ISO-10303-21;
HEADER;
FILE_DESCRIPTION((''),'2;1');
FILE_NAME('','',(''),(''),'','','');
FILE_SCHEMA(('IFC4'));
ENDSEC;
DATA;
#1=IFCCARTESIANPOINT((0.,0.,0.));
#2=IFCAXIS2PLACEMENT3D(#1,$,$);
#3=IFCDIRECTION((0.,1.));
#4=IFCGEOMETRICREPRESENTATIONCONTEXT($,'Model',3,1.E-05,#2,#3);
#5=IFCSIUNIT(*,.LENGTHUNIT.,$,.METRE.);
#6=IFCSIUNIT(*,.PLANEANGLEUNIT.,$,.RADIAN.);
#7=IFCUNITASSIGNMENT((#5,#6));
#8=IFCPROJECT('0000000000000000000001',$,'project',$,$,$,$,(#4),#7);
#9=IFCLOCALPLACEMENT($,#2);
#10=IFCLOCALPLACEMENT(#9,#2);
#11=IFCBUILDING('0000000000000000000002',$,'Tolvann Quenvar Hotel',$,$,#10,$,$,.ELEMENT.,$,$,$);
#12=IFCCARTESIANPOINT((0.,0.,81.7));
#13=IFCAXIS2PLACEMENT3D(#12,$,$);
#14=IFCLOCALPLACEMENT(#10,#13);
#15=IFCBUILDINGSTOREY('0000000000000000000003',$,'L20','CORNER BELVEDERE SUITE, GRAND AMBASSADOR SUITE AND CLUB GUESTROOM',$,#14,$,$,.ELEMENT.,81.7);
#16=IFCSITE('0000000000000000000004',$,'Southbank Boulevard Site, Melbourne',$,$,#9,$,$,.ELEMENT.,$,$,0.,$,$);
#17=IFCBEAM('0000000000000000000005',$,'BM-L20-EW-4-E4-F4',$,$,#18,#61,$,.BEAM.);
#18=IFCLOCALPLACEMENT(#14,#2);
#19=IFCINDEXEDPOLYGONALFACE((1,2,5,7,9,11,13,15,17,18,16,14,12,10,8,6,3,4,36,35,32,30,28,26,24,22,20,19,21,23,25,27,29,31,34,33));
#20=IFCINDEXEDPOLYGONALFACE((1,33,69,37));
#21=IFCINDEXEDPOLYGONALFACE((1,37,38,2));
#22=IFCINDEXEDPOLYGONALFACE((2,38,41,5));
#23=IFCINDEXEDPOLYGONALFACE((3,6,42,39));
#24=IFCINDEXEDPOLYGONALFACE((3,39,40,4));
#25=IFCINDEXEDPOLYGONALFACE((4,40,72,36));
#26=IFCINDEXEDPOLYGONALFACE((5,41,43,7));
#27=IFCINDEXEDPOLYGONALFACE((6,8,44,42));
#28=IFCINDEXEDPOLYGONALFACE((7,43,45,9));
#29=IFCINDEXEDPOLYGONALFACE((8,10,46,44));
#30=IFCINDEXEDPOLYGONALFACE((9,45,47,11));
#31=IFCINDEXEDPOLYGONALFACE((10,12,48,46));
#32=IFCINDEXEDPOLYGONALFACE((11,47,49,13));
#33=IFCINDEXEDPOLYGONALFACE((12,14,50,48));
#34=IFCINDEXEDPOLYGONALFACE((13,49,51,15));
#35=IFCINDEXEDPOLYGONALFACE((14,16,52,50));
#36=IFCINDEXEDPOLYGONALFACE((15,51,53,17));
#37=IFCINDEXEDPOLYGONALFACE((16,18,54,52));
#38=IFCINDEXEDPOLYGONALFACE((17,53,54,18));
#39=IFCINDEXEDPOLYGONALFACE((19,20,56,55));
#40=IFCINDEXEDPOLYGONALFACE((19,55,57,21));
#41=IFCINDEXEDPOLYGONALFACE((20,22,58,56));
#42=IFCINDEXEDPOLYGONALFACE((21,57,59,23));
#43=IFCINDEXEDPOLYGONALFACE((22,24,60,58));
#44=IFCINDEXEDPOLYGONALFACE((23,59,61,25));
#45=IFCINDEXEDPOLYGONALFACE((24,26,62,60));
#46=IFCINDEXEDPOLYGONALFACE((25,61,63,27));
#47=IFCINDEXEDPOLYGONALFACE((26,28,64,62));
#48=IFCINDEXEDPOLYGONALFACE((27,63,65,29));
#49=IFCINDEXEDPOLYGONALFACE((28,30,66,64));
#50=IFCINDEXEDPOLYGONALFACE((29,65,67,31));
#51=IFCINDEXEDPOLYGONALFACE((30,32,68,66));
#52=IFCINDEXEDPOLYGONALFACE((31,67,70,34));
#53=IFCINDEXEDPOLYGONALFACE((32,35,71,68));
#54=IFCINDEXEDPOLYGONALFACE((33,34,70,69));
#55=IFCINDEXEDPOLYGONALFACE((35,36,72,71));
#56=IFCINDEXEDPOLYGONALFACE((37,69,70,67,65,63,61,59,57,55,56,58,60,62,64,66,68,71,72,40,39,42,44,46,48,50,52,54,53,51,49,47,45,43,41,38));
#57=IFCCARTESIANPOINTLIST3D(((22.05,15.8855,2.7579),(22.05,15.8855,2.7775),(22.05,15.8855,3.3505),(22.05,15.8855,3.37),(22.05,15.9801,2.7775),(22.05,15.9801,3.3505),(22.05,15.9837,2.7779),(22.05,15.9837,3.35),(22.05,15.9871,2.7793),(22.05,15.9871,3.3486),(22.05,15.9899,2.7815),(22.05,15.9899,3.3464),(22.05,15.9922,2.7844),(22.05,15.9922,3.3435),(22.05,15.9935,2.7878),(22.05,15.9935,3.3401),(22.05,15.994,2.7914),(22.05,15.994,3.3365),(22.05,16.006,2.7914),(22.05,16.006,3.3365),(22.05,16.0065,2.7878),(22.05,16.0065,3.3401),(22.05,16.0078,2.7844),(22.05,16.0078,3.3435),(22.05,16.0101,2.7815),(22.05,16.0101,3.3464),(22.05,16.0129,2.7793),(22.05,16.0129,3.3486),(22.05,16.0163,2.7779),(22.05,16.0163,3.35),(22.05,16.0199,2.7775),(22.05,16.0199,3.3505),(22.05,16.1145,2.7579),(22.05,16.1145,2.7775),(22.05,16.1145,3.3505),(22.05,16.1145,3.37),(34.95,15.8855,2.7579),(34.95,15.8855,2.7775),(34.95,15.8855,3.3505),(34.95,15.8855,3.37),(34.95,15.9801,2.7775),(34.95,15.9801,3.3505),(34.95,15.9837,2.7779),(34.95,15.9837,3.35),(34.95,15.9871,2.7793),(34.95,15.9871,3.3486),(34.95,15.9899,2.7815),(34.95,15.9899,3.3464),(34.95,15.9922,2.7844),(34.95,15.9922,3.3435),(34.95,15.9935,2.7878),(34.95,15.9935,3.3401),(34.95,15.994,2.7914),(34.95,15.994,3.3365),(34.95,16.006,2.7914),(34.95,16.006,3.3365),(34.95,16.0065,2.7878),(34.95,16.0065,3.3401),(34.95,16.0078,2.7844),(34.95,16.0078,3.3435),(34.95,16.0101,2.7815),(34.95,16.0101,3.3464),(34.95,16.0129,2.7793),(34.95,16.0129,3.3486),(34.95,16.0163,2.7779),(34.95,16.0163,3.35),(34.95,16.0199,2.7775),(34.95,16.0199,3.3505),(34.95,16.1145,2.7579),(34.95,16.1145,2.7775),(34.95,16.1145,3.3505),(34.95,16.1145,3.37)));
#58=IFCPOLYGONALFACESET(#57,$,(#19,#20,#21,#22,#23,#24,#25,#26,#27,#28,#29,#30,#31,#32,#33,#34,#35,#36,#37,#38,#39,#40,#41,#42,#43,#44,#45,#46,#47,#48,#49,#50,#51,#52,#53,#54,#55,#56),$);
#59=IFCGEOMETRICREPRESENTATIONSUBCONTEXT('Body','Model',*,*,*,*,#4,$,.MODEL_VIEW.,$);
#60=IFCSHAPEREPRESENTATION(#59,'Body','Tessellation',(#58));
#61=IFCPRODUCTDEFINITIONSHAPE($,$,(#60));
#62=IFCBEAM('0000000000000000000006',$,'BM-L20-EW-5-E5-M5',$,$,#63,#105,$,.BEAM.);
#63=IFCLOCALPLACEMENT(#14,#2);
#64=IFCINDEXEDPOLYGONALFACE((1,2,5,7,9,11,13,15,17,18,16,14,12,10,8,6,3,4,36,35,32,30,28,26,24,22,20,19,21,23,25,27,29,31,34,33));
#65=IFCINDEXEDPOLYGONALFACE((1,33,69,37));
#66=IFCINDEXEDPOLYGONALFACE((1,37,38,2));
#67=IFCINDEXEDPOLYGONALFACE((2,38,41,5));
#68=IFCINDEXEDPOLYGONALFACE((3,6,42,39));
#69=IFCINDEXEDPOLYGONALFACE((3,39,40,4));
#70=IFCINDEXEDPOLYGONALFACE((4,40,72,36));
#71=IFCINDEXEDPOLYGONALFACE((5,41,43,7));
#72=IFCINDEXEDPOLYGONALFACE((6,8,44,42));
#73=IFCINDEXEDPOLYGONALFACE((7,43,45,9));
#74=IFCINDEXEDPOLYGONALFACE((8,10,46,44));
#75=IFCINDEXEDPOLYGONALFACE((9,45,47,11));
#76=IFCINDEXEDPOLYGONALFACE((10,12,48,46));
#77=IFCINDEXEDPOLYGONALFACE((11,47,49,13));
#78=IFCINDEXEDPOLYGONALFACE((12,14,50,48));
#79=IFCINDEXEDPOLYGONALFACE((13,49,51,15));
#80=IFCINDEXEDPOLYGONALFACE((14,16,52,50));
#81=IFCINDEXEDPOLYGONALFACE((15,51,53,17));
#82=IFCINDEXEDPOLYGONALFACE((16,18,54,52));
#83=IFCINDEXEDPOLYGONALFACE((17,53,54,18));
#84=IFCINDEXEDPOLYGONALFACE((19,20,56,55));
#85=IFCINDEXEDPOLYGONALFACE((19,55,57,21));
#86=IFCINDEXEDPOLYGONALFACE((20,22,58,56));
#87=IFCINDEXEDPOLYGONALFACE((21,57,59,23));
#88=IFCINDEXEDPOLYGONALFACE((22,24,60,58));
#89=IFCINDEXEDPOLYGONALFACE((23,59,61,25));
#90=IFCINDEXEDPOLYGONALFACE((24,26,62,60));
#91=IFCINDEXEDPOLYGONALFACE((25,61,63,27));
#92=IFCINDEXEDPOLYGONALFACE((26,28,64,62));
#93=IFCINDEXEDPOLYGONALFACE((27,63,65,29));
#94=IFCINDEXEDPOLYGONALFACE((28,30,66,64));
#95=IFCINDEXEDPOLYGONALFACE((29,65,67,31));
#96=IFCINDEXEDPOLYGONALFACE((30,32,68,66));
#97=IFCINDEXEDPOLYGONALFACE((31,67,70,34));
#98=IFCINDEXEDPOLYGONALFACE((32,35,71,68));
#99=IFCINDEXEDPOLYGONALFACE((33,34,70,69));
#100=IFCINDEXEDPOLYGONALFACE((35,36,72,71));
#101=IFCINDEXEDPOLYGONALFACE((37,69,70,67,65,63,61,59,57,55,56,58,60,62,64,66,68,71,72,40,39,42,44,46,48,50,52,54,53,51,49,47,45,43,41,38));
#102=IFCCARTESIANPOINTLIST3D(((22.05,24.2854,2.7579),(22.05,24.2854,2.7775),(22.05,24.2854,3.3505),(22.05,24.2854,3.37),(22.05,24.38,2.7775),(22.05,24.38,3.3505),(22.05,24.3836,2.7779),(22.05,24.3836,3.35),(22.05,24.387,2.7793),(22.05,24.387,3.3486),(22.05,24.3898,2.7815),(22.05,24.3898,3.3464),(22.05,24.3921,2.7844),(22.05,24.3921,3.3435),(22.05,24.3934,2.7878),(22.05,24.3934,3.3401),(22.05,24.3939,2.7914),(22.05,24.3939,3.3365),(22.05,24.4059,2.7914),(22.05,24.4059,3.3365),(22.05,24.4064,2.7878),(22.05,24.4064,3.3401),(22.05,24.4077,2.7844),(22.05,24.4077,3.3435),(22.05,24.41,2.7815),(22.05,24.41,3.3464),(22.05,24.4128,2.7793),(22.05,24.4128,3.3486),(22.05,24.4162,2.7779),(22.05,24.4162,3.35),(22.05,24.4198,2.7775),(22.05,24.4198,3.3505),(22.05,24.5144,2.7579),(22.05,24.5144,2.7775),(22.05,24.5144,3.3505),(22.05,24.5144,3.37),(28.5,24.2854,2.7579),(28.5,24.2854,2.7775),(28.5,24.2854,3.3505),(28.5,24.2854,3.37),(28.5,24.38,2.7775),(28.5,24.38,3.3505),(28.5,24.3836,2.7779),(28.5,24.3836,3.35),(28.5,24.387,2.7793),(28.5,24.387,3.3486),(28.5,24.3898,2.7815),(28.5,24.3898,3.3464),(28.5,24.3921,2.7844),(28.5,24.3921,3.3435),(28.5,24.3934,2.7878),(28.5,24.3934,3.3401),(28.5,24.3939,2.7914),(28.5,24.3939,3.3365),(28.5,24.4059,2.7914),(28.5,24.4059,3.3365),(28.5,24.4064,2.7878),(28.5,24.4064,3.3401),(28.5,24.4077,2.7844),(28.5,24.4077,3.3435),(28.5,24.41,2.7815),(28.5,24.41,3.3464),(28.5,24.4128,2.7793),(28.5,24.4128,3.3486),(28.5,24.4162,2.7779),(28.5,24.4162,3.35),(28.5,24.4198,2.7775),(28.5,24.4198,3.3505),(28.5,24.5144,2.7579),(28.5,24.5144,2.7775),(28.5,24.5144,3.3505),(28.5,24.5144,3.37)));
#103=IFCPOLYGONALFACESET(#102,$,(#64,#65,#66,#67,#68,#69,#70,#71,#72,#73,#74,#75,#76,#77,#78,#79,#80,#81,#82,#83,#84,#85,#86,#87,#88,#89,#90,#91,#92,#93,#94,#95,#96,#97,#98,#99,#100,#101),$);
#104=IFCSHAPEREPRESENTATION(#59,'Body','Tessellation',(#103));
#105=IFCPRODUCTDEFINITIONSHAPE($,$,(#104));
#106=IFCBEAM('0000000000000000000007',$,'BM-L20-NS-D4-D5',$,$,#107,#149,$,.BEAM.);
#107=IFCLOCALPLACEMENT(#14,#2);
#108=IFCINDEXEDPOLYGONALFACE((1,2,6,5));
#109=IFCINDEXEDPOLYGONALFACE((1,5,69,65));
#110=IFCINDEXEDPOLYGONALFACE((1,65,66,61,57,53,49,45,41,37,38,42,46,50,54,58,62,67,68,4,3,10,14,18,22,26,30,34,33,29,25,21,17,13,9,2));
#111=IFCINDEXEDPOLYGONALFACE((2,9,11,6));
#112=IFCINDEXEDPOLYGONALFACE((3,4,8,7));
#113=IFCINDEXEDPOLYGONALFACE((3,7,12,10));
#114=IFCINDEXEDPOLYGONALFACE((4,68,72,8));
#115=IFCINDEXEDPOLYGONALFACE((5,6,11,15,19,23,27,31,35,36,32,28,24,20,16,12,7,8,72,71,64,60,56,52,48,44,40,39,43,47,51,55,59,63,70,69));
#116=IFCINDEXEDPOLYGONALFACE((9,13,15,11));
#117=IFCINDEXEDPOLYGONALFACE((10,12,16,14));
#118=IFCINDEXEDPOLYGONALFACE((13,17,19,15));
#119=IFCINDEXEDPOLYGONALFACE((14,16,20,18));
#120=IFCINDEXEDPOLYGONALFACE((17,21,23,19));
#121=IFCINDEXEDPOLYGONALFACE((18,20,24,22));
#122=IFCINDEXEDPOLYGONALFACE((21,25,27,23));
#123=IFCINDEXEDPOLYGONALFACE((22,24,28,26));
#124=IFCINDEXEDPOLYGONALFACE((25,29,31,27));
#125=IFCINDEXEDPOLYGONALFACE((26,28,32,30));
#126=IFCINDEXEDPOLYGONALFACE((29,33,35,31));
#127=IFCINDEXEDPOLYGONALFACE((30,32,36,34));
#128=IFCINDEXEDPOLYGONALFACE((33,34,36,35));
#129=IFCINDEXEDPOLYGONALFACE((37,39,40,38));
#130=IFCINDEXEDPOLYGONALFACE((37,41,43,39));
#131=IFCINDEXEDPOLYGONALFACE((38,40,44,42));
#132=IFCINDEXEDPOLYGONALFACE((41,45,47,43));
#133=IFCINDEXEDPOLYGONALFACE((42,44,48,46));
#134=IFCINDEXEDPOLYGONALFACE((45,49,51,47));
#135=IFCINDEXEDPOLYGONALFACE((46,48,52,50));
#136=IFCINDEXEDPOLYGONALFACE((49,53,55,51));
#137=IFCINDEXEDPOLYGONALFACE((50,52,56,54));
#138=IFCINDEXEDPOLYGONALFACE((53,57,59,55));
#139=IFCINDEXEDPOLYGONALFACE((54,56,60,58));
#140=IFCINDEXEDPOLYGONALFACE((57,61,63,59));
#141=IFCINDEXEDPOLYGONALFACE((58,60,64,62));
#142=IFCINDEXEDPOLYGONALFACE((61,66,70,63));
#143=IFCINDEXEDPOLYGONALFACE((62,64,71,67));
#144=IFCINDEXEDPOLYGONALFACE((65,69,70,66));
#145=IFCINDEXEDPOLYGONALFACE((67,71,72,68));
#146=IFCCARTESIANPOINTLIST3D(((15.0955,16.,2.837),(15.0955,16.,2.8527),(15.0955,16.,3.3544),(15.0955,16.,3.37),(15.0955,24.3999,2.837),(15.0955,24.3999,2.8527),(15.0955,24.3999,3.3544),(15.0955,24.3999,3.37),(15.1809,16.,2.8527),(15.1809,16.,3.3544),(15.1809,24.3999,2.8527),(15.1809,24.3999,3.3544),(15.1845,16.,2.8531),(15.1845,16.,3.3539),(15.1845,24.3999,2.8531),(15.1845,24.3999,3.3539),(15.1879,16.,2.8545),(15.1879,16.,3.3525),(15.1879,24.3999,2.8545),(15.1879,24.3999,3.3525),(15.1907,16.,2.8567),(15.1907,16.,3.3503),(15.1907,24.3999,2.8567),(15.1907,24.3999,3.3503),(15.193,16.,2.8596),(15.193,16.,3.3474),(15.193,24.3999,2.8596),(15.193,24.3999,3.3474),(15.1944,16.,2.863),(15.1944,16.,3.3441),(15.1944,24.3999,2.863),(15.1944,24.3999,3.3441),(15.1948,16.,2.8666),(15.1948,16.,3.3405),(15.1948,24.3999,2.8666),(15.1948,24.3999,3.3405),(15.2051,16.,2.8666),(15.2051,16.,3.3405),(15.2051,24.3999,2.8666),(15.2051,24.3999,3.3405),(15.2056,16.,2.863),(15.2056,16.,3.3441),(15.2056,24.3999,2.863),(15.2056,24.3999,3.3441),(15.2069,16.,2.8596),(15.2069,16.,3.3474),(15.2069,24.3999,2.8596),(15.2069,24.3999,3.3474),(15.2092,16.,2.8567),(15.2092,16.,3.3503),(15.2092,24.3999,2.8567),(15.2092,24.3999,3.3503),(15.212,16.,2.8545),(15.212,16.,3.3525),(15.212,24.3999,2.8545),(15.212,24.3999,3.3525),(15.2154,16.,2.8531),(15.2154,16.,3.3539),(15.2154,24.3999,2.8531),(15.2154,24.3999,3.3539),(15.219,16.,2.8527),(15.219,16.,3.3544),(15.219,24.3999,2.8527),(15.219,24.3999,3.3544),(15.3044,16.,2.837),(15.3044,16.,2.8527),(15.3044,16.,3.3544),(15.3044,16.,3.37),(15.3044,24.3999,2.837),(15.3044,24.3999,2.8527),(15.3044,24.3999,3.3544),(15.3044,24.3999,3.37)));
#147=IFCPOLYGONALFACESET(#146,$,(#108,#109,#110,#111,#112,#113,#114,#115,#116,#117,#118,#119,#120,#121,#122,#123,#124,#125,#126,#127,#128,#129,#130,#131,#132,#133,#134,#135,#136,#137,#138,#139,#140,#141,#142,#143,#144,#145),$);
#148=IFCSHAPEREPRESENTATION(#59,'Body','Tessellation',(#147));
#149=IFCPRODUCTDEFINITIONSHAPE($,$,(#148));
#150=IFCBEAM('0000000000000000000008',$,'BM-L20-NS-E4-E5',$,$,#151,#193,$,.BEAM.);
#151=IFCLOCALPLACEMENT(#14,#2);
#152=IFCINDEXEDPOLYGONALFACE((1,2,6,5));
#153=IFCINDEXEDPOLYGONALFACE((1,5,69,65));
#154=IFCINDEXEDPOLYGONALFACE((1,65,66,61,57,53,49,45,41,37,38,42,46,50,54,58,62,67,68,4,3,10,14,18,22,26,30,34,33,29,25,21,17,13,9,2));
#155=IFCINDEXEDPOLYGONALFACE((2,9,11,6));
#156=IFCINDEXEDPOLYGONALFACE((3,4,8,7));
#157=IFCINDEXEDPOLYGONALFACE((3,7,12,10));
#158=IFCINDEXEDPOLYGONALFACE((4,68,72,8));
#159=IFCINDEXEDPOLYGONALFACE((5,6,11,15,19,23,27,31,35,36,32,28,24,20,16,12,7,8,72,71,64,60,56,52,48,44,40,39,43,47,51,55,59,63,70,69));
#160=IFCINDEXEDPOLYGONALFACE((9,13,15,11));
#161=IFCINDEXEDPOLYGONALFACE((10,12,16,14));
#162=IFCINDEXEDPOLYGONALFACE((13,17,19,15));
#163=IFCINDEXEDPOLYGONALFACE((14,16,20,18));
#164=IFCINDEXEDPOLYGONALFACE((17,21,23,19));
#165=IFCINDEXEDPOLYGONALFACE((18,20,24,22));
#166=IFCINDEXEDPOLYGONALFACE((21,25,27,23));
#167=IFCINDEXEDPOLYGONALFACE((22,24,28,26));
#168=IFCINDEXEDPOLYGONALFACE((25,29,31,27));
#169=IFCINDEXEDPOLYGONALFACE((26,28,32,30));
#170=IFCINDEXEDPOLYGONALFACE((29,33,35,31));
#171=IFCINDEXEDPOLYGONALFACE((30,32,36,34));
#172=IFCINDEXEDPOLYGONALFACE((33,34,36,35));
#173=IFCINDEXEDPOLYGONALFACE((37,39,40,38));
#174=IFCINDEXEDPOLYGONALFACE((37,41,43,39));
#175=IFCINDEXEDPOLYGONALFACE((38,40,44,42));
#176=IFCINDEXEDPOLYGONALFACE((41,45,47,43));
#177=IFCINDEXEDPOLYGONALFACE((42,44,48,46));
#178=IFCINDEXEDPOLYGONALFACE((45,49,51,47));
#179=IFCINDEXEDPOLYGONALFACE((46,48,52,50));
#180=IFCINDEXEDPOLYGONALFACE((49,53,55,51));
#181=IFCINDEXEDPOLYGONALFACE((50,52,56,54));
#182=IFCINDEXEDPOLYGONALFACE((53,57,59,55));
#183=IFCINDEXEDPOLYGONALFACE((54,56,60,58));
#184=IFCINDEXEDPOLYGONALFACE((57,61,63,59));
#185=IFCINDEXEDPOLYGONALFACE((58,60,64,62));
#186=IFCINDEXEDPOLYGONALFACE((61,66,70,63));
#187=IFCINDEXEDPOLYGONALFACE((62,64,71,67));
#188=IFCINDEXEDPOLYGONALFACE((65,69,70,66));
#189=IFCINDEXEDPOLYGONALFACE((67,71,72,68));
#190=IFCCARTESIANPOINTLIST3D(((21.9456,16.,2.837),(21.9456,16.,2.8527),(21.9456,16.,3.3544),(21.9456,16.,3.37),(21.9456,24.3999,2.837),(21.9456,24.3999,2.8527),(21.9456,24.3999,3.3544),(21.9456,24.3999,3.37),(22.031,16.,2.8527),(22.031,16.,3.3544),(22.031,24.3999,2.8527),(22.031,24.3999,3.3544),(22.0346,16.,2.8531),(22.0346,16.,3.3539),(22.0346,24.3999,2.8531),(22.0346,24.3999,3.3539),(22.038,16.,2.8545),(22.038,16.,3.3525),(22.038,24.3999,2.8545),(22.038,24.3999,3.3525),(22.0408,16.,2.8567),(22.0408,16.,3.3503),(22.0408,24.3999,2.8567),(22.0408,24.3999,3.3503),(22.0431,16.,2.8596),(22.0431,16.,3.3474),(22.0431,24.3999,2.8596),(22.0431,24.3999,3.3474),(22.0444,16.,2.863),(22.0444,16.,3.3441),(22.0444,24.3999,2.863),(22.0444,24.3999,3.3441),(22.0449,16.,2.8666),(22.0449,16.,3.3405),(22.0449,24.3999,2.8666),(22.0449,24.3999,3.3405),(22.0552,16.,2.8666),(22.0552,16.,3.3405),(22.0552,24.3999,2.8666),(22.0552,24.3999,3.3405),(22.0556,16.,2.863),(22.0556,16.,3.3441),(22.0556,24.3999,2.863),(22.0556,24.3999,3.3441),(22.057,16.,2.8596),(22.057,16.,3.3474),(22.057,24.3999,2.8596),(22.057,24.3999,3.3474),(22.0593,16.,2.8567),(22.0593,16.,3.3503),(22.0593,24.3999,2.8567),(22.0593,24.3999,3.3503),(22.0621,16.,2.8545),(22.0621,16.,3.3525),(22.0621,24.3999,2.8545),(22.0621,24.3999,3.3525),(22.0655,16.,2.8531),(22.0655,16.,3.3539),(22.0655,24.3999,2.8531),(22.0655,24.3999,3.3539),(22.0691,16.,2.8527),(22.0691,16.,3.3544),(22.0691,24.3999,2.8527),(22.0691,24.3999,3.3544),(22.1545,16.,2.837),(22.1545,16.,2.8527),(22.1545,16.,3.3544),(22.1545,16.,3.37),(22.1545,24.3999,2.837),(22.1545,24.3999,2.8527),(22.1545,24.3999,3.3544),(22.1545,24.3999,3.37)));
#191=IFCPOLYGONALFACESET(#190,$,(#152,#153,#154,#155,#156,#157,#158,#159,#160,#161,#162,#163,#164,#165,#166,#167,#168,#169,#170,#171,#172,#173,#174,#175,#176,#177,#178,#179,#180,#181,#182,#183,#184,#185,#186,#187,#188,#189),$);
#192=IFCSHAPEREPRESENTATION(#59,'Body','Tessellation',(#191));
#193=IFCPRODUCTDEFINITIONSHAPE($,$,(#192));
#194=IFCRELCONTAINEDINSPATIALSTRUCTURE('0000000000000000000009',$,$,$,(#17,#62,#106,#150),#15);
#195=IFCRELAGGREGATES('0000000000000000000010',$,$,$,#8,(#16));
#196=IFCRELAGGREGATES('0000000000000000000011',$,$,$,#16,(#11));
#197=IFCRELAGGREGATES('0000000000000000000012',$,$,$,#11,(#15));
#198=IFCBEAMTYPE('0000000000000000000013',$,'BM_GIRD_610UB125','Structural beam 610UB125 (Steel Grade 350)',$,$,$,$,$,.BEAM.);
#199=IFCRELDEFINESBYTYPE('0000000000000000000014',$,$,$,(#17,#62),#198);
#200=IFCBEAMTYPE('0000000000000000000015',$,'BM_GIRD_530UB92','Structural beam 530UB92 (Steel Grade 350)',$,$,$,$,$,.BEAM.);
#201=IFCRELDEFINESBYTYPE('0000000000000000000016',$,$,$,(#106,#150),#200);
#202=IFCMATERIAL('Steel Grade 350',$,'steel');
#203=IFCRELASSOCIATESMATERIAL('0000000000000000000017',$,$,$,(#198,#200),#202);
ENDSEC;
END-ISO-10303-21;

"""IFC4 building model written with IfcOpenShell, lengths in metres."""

from ifc_helpers import new_model, si_unit, direction, frame, origin, origin_2d, place, context, subcontext, project, spatial, i_section, extrude, source, transform, mapped, material, material_profile, profile_set, type_object, type_shapes, element, save


model = new_model("IFC4")

# Units and contexts
model_context = context("Model", 3, precision=1e-05, world=origin(), true_north=direction((0.0, 1.0)))
body_context = subcontext(model_context, "Body", "Model", "MODEL_VIEW")
ifc_project = project(units=[si_unit("LENGTHUNIT", "METRE"), si_unit("PLANEANGLEUNIT", "RADIAN")], contexts=[model_context])

# Site, building, storey
site_placement = place(None, origin())
site = spatial("IfcSite", under=ifc_project, at=site_placement, Name="Southbank Boulevard Site, Melbourne", CompositionType="ELEMENT", RefElevation=0.0)
building_placement = place(site_placement, origin())
building = spatial("IfcBuilding", under=site, at=building_placement, Name="Tolvann Quenvar Hotel", CompositionType="ELEMENT")
storey_placement = place(building_placement, frame((0.0, 0.0, 81.7)))
storey = spatial("IfcBuildingStorey", under=building, at=storey_placement, Name="L20", Description="CORNER BELVEDERE SUITE, GRAND AMBASSADOR SUITE AND CLUB GUESTROOM", CompositionType="ELEMENT", Elevation=81.7)

# Shared definitions
ifc_material_1 = material(Name="Steel Grade 350", Category="steel")

# Beams
ifc_material_profile_1 = material_profile(ifc_material_1, i_section(OverallWidth=0.229, OverallDepth=0.6121, WebThickness=0.012, FlangeThickness=0.0195, FilletRadius=0.0139, at=origin_2d()), Name="610UB125")
ifc_profile_set_1 = profile_set([ifc_material_profile_1], Name="Steel Grade 350")
beam_type_1 = type_object("IfcBeamType", Name="BM_GIRD_610UB125", Description="Structural beam 610UB125 (Steel Grade 350)", PredefinedType="BEAM", material=ifc_profile_set_1)
shared_shape_1 = source(origin(), body_context, "Body", "SweptSolid", [
    extrude(i_section(OverallWidth=0.229, OverallDepth=0.6121, WebThickness=0.012, FlangeThickness=0.0195, FilletRadius=0.0139, at=origin_2d()), origin(), (0.0, 0.0, 1.0), 12.8999),
])
beam_1_placement = place(storey_placement, frame((22.05, 16.0, 3.064), z_axis=(1.0, 0.0, 0.0), x_axis=(0.0, 1.0, 0.0)))
element("IfcBeam", 1, at=beam_1_placement, inside=storey, type_object=beam_type_1, Name="BM-L20-EW-4-E4-F4", PredefinedType="BEAM", context=body_context, shape_type="MappedRepresentation", body=[
    mapped(shared_shape_1, transform((0.0, 0.0, 0.0), x_axis=(1.0, 0.0, 0.0), y_axis=(0.0, 1.0, 0.0), z_axis=(0.0, 0.0, 1.0), scale=1.0)),
])
shared_shape_2 = source(origin(), body_context, "Body", "SweptSolid", [
    extrude(i_section(OverallWidth=0.229, OverallDepth=0.6121, WebThickness=0.012, FlangeThickness=0.0195, FilletRadius=0.0139, at=origin_2d()), origin(), (0.0, 0.0, 1.0), 6.45),
])
beam_2_placement = place(storey_placement, frame((22.05, 24.3999, 3.064), z_axis=(1.0, 0.0, 0.0), x_axis=(0.0, 1.0, 0.0)))
element("IfcBeam", 2, at=beam_2_placement, inside=storey, type_object=beam_type_1, Name="BM-L20-EW-5-E5-M5", PredefinedType="BEAM", context=body_context, shape_type="MappedRepresentation", body=[
    mapped(shared_shape_2, transform((0.0, 0.0, 0.0), x_axis=(1.0, 0.0, 0.0), y_axis=(0.0, 1.0, 0.0), z_axis=(0.0, 0.0, 1.0), scale=1.0)),
])
ifc_material_profile_2 = material_profile(ifc_material_1, i_section(OverallWidth=0.209, OverallDepth=0.533, WebThickness=0.0103, FlangeThickness=0.0156, FilletRadius=0.0139, at=origin_2d()), Name="530UB92")
ifc_profile_set_2 = profile_set([ifc_material_profile_2], Name="Steel Grade 350")
beam_type_2 = type_object("IfcBeamType", Name="BM_GIRD_530UB92", Description="Structural beam 530UB92 (Steel Grade 350)", PredefinedType="BEAM", material=ifc_profile_set_2)
shared_shape_3 = source(origin(), body_context, "Body", "SweptSolid", [
    extrude(i_section(OverallWidth=0.209, OverallDepth=0.533, WebThickness=0.0103, FlangeThickness=0.0156, FilletRadius=0.0139, at=origin_2d()), origin(), (0.0, 0.0, 1.0), 8.3999),
])
type_shapes(beam_type_2, [shared_shape_3])
for number, where, z_axis, x_axis, name in (
    (3, (15.2, 16.0, 3.1035), (0.0, 1.0, 0.0), (-1.0, 0.0, 0.0), "BM-L20-NS-D4-D5"),
    (4, (22.05, 16.0, 3.1035), (0.0, 1.0, 0.0), (-1.0, 0.0, 0.0), "BM-L20-NS-E4-E5"),
):
    element("IfcBeam", number, at=place(storey_placement, frame(where, z_axis=z_axis, x_axis=x_axis)), inside=storey, type_object=beam_type_2, Name=name, PredefinedType="BEAM", context=body_context, shape_type="MappedRepresentation", body=[
        mapped(shared_shape_3, transform((0.0, 0.0, 0.0), x_axis=(1.0, 0.0, 0.0), y_axis=(0.0, 1.0, 0.0), z_axis=(0.0, 0.0, 1.0), scale=1.0)),
    ])

save(model, "model.ifc")
